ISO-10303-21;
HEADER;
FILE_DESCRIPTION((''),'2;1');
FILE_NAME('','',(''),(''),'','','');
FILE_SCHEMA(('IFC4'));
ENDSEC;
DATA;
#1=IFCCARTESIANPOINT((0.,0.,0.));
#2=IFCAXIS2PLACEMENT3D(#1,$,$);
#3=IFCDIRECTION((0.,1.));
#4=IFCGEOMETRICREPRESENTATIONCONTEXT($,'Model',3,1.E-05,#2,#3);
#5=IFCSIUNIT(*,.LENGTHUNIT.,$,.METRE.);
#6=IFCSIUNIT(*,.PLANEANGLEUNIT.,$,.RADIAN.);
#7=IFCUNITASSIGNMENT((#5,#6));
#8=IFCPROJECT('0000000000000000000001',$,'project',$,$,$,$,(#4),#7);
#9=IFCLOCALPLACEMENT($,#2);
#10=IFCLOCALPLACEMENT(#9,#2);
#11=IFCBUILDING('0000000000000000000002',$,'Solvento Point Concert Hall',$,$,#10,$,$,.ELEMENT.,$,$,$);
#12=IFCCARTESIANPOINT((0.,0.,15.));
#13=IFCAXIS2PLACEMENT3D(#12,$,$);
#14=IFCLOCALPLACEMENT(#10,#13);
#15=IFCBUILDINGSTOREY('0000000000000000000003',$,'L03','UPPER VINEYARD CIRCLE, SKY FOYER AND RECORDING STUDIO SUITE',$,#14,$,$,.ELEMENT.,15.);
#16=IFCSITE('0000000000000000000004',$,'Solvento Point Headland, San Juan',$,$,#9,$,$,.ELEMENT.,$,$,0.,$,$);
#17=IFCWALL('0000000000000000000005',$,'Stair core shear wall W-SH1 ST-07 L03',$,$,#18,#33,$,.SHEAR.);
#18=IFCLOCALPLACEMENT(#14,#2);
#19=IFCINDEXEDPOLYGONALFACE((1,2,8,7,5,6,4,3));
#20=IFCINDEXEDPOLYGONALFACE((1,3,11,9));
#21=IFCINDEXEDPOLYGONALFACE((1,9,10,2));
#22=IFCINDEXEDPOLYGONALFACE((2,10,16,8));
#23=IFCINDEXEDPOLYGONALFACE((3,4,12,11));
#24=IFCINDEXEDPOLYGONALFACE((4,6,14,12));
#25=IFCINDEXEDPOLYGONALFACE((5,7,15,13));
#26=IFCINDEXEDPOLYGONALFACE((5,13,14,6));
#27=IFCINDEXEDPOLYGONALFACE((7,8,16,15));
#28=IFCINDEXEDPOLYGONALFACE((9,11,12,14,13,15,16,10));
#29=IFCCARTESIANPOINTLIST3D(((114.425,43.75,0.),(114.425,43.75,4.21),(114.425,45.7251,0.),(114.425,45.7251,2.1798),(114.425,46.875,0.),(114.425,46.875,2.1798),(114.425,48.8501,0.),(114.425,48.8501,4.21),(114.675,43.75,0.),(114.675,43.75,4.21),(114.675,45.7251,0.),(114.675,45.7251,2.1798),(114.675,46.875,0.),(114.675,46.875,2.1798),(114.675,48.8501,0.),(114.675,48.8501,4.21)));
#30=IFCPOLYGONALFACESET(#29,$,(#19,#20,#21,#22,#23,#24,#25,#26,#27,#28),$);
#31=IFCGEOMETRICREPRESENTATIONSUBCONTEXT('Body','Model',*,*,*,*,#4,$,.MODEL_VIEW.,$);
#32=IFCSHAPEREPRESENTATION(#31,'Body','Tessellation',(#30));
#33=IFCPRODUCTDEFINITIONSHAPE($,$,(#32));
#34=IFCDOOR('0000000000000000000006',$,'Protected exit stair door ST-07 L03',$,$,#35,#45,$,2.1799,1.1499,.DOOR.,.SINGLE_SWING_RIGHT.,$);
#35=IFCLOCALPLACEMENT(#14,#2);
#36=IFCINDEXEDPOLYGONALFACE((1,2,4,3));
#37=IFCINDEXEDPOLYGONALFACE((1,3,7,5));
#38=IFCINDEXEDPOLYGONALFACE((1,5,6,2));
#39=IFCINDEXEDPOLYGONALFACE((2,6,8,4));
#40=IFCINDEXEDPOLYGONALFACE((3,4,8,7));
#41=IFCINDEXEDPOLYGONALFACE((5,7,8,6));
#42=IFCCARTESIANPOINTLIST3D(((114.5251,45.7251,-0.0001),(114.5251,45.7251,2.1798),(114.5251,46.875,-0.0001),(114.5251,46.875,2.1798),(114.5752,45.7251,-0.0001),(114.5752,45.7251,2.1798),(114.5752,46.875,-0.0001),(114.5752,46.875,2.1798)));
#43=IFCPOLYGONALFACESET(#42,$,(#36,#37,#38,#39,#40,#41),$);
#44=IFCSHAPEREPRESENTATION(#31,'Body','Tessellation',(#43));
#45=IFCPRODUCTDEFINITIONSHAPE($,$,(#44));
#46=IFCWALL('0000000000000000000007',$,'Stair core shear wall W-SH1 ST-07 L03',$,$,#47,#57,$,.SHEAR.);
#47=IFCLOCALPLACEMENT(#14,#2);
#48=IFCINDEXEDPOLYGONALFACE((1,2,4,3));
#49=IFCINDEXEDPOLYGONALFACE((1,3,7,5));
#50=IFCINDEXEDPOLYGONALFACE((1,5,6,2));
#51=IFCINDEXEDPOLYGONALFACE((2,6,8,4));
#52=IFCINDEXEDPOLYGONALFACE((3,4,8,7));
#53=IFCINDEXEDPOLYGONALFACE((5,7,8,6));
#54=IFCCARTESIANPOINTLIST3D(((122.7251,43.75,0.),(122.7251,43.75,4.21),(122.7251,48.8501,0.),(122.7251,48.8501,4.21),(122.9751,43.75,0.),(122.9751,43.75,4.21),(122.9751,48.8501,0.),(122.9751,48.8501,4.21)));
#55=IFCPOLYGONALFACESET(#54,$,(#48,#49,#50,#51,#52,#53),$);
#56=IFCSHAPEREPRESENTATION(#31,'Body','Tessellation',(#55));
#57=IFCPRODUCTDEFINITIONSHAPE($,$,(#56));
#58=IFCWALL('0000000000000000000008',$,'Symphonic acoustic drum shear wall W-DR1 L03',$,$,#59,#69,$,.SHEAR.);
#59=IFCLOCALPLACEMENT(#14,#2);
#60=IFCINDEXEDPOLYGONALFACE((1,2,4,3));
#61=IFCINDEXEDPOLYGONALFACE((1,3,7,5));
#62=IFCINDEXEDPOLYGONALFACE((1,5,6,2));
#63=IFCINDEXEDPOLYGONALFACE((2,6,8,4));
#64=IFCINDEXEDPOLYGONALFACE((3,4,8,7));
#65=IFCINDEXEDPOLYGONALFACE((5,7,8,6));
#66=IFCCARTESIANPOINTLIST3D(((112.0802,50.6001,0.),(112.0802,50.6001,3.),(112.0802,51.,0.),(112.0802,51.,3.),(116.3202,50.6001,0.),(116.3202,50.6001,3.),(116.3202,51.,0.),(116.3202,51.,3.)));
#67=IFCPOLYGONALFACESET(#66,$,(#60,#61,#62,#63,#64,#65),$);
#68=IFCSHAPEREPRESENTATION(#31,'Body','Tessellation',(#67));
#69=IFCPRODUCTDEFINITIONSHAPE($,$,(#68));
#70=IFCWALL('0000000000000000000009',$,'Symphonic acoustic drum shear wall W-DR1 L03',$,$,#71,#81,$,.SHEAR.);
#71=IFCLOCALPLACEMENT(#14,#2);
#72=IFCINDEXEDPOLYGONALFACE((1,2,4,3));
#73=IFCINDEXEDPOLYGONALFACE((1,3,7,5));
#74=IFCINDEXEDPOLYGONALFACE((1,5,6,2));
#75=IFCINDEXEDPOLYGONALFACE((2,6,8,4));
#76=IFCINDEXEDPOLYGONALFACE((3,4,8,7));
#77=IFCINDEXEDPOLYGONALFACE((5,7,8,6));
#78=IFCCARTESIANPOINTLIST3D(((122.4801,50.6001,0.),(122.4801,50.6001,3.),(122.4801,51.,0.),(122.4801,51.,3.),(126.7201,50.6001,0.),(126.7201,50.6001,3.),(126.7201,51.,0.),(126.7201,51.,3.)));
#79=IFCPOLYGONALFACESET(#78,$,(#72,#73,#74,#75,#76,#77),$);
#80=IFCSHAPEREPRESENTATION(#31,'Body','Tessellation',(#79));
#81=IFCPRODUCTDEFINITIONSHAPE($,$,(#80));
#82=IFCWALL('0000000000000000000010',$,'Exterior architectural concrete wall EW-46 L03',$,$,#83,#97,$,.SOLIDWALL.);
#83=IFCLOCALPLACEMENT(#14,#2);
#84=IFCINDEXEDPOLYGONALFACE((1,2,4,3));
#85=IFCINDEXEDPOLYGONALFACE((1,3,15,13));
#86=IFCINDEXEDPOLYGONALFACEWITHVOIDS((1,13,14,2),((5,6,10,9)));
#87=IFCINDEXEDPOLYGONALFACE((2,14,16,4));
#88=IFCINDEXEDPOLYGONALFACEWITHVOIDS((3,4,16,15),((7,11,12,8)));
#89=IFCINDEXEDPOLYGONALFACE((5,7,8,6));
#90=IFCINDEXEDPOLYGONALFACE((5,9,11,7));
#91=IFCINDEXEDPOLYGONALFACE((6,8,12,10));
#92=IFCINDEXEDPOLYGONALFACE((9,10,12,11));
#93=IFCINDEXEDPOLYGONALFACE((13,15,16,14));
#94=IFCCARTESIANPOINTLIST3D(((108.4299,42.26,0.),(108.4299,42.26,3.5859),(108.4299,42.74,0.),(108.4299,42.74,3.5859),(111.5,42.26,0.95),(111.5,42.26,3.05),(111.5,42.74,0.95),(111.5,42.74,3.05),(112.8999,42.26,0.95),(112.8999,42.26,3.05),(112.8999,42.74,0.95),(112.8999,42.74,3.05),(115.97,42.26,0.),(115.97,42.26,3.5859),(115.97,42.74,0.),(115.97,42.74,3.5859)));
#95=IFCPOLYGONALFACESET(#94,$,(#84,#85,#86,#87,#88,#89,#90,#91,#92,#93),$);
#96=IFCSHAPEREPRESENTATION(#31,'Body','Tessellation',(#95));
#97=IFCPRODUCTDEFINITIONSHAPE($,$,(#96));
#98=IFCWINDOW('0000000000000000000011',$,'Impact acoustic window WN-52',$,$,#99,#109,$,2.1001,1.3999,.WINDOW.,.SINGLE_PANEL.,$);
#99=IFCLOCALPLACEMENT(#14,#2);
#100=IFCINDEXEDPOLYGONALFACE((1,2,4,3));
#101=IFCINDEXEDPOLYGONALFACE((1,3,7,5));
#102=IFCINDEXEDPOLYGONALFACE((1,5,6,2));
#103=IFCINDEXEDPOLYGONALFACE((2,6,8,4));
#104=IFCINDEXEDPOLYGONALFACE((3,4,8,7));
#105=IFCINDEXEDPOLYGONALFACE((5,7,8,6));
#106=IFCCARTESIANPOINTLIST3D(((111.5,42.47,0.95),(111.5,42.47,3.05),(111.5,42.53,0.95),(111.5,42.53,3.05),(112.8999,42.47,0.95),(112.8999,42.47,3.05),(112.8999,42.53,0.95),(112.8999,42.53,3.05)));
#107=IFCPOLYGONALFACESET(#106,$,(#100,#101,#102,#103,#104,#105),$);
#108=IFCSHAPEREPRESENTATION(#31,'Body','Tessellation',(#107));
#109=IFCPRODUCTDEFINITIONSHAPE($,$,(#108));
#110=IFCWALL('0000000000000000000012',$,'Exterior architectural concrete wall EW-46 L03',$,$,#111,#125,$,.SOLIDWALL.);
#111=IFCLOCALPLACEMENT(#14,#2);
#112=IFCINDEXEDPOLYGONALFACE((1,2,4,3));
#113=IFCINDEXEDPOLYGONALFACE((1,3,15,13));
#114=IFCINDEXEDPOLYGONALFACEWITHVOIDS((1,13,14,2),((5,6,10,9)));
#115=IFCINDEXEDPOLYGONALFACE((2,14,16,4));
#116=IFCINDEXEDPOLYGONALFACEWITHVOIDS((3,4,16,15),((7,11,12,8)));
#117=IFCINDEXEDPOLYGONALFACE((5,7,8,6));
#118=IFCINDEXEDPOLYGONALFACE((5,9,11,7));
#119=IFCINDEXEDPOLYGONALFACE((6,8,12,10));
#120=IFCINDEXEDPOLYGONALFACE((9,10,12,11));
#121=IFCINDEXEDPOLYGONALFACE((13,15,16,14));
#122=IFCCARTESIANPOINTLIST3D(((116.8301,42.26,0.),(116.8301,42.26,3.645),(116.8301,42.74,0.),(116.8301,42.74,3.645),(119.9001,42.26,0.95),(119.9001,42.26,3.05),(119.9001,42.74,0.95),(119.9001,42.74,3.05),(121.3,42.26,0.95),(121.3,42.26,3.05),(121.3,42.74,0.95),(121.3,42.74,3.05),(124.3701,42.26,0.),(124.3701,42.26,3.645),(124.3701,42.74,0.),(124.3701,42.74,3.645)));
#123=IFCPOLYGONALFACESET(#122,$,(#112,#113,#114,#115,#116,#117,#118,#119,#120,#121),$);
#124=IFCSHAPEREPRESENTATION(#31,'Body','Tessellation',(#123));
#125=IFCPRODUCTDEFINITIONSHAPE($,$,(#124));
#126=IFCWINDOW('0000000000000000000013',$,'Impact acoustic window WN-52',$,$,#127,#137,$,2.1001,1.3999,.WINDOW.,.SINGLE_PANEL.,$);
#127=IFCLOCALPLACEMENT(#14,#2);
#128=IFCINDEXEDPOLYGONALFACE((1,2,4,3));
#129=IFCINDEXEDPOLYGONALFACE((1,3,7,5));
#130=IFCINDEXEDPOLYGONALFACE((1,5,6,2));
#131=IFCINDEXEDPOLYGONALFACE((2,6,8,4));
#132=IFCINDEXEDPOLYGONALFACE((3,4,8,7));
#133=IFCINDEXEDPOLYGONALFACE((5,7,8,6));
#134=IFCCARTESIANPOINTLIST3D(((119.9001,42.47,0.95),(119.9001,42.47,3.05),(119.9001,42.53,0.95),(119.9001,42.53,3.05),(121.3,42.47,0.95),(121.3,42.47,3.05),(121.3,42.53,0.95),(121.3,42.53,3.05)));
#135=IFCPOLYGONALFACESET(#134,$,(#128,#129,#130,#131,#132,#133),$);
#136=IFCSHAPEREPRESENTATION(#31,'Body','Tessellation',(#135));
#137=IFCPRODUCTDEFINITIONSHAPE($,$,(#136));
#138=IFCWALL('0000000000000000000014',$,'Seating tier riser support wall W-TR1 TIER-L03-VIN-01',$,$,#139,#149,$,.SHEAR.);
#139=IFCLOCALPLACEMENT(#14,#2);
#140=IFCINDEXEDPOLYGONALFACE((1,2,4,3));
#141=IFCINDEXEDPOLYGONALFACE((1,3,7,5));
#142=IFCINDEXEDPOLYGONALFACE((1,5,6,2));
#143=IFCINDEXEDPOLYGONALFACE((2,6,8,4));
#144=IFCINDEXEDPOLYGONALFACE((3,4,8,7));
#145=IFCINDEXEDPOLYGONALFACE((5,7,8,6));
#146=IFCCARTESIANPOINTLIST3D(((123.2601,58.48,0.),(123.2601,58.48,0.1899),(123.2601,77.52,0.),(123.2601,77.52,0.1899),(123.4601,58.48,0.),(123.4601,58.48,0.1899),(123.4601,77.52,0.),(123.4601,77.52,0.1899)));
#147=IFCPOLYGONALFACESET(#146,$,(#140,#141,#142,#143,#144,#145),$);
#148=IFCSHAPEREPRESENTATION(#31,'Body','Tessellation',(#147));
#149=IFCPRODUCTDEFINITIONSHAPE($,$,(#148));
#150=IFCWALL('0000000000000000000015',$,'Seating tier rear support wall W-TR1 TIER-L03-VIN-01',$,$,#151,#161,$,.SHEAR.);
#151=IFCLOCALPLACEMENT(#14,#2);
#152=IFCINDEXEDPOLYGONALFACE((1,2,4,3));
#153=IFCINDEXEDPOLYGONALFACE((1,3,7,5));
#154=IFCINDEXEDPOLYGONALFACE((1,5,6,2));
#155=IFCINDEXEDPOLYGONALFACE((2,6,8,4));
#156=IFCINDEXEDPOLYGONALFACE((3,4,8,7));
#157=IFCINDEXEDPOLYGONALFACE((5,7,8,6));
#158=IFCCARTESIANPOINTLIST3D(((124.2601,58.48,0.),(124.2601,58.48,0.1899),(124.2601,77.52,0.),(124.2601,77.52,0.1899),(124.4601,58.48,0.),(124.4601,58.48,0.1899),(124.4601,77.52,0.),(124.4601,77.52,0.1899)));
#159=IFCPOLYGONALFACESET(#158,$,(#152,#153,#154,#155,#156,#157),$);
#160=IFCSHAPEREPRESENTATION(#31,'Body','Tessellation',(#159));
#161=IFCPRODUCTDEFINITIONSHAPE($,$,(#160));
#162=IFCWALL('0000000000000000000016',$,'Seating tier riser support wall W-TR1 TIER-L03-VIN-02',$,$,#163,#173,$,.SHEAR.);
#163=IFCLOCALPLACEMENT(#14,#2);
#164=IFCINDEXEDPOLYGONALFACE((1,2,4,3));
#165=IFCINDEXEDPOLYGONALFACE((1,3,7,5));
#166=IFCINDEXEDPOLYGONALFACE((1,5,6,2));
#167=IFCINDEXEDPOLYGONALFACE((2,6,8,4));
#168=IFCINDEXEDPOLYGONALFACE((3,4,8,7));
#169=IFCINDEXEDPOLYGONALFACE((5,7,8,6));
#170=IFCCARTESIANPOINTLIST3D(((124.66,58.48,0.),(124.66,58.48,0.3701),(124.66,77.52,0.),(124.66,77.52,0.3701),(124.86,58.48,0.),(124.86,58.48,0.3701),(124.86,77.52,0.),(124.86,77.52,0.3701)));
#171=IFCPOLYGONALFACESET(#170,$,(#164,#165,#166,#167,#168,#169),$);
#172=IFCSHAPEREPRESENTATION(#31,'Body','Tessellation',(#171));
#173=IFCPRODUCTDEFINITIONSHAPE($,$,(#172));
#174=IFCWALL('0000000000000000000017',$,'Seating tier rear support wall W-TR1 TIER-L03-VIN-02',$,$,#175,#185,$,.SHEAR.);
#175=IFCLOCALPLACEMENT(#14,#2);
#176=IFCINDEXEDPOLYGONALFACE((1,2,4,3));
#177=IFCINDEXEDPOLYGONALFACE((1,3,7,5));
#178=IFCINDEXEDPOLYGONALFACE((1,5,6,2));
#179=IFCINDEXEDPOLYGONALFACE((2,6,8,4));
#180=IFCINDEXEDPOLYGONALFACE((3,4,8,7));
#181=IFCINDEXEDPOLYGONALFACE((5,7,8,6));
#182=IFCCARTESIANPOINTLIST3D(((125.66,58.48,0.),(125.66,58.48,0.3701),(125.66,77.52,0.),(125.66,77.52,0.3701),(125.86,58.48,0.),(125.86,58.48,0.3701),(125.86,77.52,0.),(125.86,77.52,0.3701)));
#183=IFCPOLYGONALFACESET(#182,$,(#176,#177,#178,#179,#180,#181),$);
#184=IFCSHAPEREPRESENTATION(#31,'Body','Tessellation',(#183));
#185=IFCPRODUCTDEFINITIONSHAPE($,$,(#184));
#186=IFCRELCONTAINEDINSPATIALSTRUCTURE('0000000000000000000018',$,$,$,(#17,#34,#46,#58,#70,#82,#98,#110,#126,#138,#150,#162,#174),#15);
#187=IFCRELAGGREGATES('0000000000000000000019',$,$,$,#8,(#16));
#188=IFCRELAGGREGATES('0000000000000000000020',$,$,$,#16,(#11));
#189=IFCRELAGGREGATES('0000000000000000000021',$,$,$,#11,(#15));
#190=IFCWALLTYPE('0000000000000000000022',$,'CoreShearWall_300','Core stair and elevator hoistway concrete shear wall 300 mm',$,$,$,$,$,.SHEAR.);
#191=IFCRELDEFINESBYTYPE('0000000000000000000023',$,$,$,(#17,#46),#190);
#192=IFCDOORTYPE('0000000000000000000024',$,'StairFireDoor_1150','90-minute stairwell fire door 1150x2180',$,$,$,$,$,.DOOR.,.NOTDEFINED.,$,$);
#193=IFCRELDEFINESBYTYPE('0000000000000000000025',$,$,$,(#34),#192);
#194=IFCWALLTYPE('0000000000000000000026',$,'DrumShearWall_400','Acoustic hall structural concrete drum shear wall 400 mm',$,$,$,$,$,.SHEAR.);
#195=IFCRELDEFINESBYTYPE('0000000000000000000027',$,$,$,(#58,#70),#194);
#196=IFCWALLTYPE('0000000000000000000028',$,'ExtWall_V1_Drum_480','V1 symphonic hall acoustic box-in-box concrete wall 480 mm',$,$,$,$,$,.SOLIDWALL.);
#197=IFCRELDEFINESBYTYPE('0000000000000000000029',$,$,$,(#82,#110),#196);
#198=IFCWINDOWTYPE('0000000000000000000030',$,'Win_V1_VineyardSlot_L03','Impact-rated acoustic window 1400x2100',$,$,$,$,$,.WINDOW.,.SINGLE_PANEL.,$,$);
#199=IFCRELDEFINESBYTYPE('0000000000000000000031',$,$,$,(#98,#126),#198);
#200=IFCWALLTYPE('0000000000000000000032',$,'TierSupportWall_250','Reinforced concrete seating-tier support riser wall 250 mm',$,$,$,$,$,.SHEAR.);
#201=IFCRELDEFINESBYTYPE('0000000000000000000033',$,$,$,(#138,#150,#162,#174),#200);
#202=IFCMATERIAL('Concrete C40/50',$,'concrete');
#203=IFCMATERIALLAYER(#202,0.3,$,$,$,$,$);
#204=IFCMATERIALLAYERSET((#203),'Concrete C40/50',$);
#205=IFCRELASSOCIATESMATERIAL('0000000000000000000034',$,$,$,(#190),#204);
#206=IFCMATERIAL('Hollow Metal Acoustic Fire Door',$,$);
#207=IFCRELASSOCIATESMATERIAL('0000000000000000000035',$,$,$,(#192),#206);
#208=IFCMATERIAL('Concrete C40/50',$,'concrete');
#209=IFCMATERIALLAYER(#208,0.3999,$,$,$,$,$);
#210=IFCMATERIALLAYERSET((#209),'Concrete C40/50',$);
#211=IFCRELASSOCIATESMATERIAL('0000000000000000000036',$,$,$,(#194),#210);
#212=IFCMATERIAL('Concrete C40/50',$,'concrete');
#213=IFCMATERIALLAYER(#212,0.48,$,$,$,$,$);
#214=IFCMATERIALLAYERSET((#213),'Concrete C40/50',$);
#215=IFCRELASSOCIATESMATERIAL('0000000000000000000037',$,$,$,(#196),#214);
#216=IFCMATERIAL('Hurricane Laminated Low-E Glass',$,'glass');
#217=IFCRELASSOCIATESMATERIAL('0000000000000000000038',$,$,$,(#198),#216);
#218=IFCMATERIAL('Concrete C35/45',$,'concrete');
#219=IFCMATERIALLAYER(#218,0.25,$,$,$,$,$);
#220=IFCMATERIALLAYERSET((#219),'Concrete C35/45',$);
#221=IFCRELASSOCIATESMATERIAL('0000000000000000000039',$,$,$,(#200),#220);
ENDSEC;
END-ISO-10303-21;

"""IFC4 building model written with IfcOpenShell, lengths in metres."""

from ifc_helpers import new_model, si_unit, direction, frame, frame_2d, origin, place, context, subcontext, project, spatial, rectangle, extrude, material, layer, layer_set, type_object, element, fill, save


model = new_model("IFC4")

# Units and contexts
model_context = context("Model", 3, precision=1e-05, world=origin(), true_north=direction((0.0, 1.0)))
body_context = subcontext(model_context, "Body", "Model", "MODEL_VIEW")
ifc_project = project(units=[si_unit("LENGTHUNIT", "METRE"), si_unit("PLANEANGLEUNIT", "RADIAN")], contexts=[model_context])

# Site, building, storey
site_placement = place(None, origin())
site = spatial("IfcSite", under=ifc_project, at=site_placement, Name="Solvento Point Headland, San Juan", CompositionType="ELEMENT", RefElevation=0.0)
building_placement = place(site_placement, origin())
building = spatial("IfcBuilding", under=site, at=building_placement, Name="Solvento Point Concert Hall", CompositionType="ELEMENT")
storey_placement = place(building_placement, frame((0.0, 0.0, 15.0)))
storey = spatial("IfcBuildingStorey", under=building, at=storey_placement, Name="L03", Description="UPPER VINEYARD CIRCLE, SKY FOYER AND RECORDING STUDIO SUITE", CompositionType="ELEMENT", Elevation=15.0)

# Shared definitions
ifc_material_1 = material(Name="Concrete C40/50", Category="concrete")
ifc_layer_1 = layer(ifc_material_1, 0.3)
ifc_layer_set_1 = layer_set([ifc_layer_1], Name="Concrete C40/50")
wall_type_1 = type_object("IfcWallType", Name="CoreShearWall_300", Description="Core stair and elevator hoistway concrete shear wall 300 mm", PredefinedType="SHEAR", material=ifc_layer_set_1)

# Wall, opening, door
wall_1_placement = place(storey_placement, frame((114.55, 43.75, 0.0), z_axis=(0.0, 0.0, 1.0), x_axis=(0.0, 1.0, 0.0)))
wall_1 = element("IfcWall", 1, at=wall_1_placement, inside=storey, type_object=wall_type_1, Name="Stair core shear wall W-SH1 ST-07 L03", PredefinedType="SHEAR", context=body_context, shape_type="SweptSolid", body=[
    extrude(rectangle(XDim=5.1001, YDim=0.25, at=frame_2d((2.55, 0.0))), origin(), (0.0, 0.0, 1.0), 4.21),
])
opening_1_placement = place(wall_1_placement, frame((1.9751, 0.0, 0.0)))
opening_1 = element("IfcOpeningElement", 2, at=opening_1_placement, cuts=wall_1, PredefinedType="OPENING", context=body_context, shape_type="SweptSolid", body=[
    extrude(rectangle(XDim=1.1499, YDim=2.1799, at=frame_2d((0.575, 1.0898))), frame((0.0, 0.135, 0.0), z_axis=(0.0, -1.0, 0.0), x_axis=(1.0, 0.0, 0.0)), (0.0, 0.0, 1.0), 0.27),
])
ifc_material_2 = material(Name="Hollow Metal Acoustic Fire Door")
door_type = type_object("IfcDoorType", Name="StairFireDoor_1150", Description="90-minute stairwell fire door 1150x2180", OperationType="NOTDEFINED", PredefinedType="DOOR", material=ifc_material_2)
door_placement = place(opening_1_placement, origin())
door = element("IfcDoor", 3, at=door_placement, inside=storey, type_object=door_type, Name="Protected exit stair door ST-07 L03", OperationType="SINGLE_SWING_RIGHT", OverallHeight=2.1799, OverallWidth=1.1499, PredefinedType="DOOR", context=body_context, shape_type="SweptSolid", body=[
    extrude(rectangle(XDim=1.1499, YDim=2.1799, at=frame_2d((0.575, 1.0898))), frame((0.0, 0.0249, 0.0), z_axis=(0.0, -1.0, 0.0), x_axis=(1.0, 0.0, 0.0)), (0.0, 0.0, 1.0), 0.05),
])
fill(opening_1, door)

# Walls
wall_2_placement = place(storey_placement, frame((122.8501, 48.8501, 0.0), z_axis=(0.0, 0.0, 1.0), x_axis=(0.0, -1.0, 0.0)))
element("IfcWall", 4, at=wall_2_placement, inside=storey, type_object=wall_type_1, Name="Stair core shear wall W-SH1 ST-07 L03", PredefinedType="SHEAR", context=body_context, shape_type="SweptSolid", body=[
    extrude(rectangle(XDim=5.1001, YDim=0.25, at=frame_2d((2.55, 0.0))), origin(), (0.0, 0.0, 1.0), 4.21),
])
ifc_material_3 = material(Name="Concrete C40/50", Category="concrete")
ifc_layer_2 = layer(ifc_material_3, 0.3999)
ifc_layer_set_2 = layer_set([ifc_layer_2], Name="Concrete C40/50")
wall_type_2 = type_object("IfcWallType", Name="DrumShearWall_400", Description="Acoustic hall structural concrete drum shear wall 400 mm", PredefinedType="SHEAR", material=ifc_layer_set_2)
for number, where, z_axis, x_axis, name in (
    (5, (112.0801, 50.8, 0.0), (0.0, 0.0, 1.0), (1.0, 0.0, 0.0), "Symphonic acoustic drum shear wall W-DR1 L03"),
    (6, (122.48, 50.8, 0.0), (0.0, 0.0, 1.0), (1.0, 0.0, 0.0), "Symphonic acoustic drum shear wall W-DR1 L03"),
):
    element("IfcWall", number, at=place(storey_placement, frame(where, z_axis=z_axis, x_axis=x_axis)), inside=storey, type_object=wall_type_2, Name=name, PredefinedType="SHEAR", context=body_context, shape_type="SweptSolid", body=[
        extrude(rectangle(XDim=4.24, YDim=0.3999, at=frame_2d((2.1201, 0.0))), origin(), (0.0, 0.0, 1.0), 3.0),
    ])

# Walls, openings, windows
ifc_material_4 = material(Name="Concrete C40/50", Category="concrete")
ifc_layer_3 = layer(ifc_material_4, 0.48)
ifc_layer_set_3 = layer_set([ifc_layer_3], Name="Concrete C40/50")
wall_type_3 = type_object("IfcWallType", Name="ExtWall_V1_Drum_480", Description="V1 symphonic hall acoustic box-in-box concrete wall 480 mm", PredefinedType="SOLIDWALL", material=ifc_layer_set_3)
wall_3_placement = place(storey_placement, frame((115.97, 42.5, 0.0), z_axis=(0.0, 0.0, 1.0), x_axis=(-1.0, 0.0, 0.0)))
wall_3 = element("IfcWall", 7, at=wall_3_placement, inside=storey, type_object=wall_type_3, Name="Exterior architectural concrete wall EW-46 L03", PredefinedType="SOLIDWALL", context=body_context, shape_type="SweptSolid", body=[
    extrude(rectangle(XDim=7.54, YDim=0.48, at=frame_2d((3.77, 0.0))), origin(), (0.0, 0.0, 1.0), 3.5859),
])
opening_2_placement = place(wall_3_placement, frame((3.0701, 0.0, 0.95)))
opening_2 = element("IfcOpeningElement", 8, at=opening_2_placement, cuts=wall_3, PredefinedType="OPENING", context=body_context, shape_type="SweptSolid", body=[
    extrude(rectangle(XDim=1.3999, YDim=2.1001, at=frame_2d((0.7, 1.05))), frame((0.0, 0.25, 0.0), z_axis=(0.0, -1.0, 0.0), x_axis=(1.0, 0.0, 0.0)), (0.0, 0.0, 1.0), 0.5),
])
ifc_material_5 = material(Name="Hurricane Laminated Low-E Glass", Category="glass")
window_type = type_object("IfcWindowType", Name="Win_V1_VineyardSlot_L03", Description="Impact-rated acoustic window 1400x2100", PartitioningType="SINGLE_PANEL", PredefinedType="WINDOW", material=ifc_material_5)
window_1_placement = place(opening_2_placement, origin())
window_1 = element("IfcWindow", 9, at=window_1_placement, inside=storey, type_object=window_type, Name="Impact acoustic window WN-52", OverallHeight=2.1001, OverallWidth=1.3999, PartitioningType="SINGLE_PANEL", PredefinedType="WINDOW", context=body_context, shape_type="SweptSolid", body=[
    extrude(rectangle(XDim=1.3999, YDim=2.1001, at=frame_2d((0.7, 1.05))), frame((0.0, 0.03, 0.0), z_axis=(0.0, -1.0, 0.0), x_axis=(1.0, 0.0, 0.0)), (0.0, 0.0, 1.0), 0.0601),
])
fill(opening_2, window_1)
wall_4_placement = place(storey_placement, frame((124.3701, 42.5, 0.0), z_axis=(0.0, 0.0, 1.0), x_axis=(-1.0, 0.0, 0.0)))
wall_4 = element("IfcWall", 10, at=wall_4_placement, inside=storey, type_object=wall_type_3, Name="Exterior architectural concrete wall EW-46 L03", PredefinedType="SOLIDWALL", context=body_context, shape_type="SweptSolid", body=[
    extrude(rectangle(XDim=7.54, YDim=0.48, at=frame_2d((3.77, 0.0))), origin(), (0.0, 0.0, 1.0), 3.645),
])
opening_3_placement = place(wall_4_placement, frame((3.0701, 0.0, 0.95)))
opening_3 = element("IfcOpeningElement", 11, at=opening_3_placement, cuts=wall_4, PredefinedType="OPENING", context=body_context, shape_type="SweptSolid", body=[
    extrude(rectangle(XDim=1.3999, YDim=2.1001, at=frame_2d((0.7, 1.05))), frame((0.0, 0.25, 0.0), z_axis=(0.0, -1.0, 0.0), x_axis=(1.0, 0.0, 0.0)), (0.0, 0.0, 1.0), 0.5),
])
window_2_placement = place(opening_3_placement, origin())
window_2 = element("IfcWindow", 12, at=window_2_placement, inside=storey, type_object=window_type, Name="Impact acoustic window WN-52", OverallHeight=2.1001, OverallWidth=1.3999, PartitioningType="SINGLE_PANEL", PredefinedType="WINDOW", context=body_context, shape_type="SweptSolid", body=[
    extrude(rectangle(XDim=1.3999, YDim=2.1001, at=frame_2d((0.7, 1.05))), frame((0.0, 0.03, 0.0), z_axis=(0.0, -1.0, 0.0), x_axis=(1.0, 0.0, 0.0)), (0.0, 0.0, 1.0), 0.0601),
])
fill(opening_3, window_2)

# Walls
ifc_material_6 = material(Name="Concrete C35/45", Category="concrete")
ifc_layer_4 = layer(ifc_material_6, 0.25)
ifc_layer_set_4 = layer_set([ifc_layer_4], Name="Concrete C35/45")
wall_type_4 = type_object("IfcWallType", Name="TierSupportWall_250", Description="Reinforced concrete seating-tier support riser wall 250 mm", PredefinedType="SHEAR", material=ifc_layer_set_4)
for number, where, z_axis, x_axis, name in (
    (13, (123.3601, 58.48, 0.0), (0.0, 0.0, 1.0), (0.0, 1.0, 0.0), "Seating tier riser support wall W-TR1 TIER-L03-VIN-01"),
    (14, (124.3601, 58.48, 0.0), (0.0, 0.0, 1.0), (0.0, 1.0, 0.0), "Seating tier rear support wall W-TR1 TIER-L03-VIN-01"),
):
    element("IfcWall", number, at=place(storey_placement, frame(where, z_axis=z_axis, x_axis=x_axis)), inside=storey, type_object=wall_type_4, Name=name, PredefinedType="SHEAR", context=body_context, shape_type="SweptSolid", body=[
        extrude(rectangle(XDim=19.04, YDim=0.2, at=frame_2d((9.52, 0.0))), origin(), (0.0, 0.0, 1.0), 0.1899),
    ])
for number, where, z_axis, x_axis, name in (
    (15, (124.76, 58.48, 0.0), (0.0, 0.0, 1.0), (0.0, 1.0, 0.0), "Seating tier riser support wall W-TR1 TIER-L03-VIN-02"),
    (16, (125.76, 58.48, 0.0), (0.0, 0.0, 1.0), (0.0, 1.0, 0.0), "Seating tier rear support wall W-TR1 TIER-L03-VIN-02"),
):
    element("IfcWall", number, at=place(storey_placement, frame(where, z_axis=z_axis, x_axis=x_axis)), inside=storey, type_object=wall_type_4, Name=name, PredefinedType="SHEAR", context=body_context, shape_type="SweptSolid", body=[
        extrude(rectangle(XDim=19.04, YDim=0.2, at=frame_2d((9.52, 0.0))), origin(), (0.0, 0.0, 1.0), 0.3701),
    ])

save(model, "model.ifc")
